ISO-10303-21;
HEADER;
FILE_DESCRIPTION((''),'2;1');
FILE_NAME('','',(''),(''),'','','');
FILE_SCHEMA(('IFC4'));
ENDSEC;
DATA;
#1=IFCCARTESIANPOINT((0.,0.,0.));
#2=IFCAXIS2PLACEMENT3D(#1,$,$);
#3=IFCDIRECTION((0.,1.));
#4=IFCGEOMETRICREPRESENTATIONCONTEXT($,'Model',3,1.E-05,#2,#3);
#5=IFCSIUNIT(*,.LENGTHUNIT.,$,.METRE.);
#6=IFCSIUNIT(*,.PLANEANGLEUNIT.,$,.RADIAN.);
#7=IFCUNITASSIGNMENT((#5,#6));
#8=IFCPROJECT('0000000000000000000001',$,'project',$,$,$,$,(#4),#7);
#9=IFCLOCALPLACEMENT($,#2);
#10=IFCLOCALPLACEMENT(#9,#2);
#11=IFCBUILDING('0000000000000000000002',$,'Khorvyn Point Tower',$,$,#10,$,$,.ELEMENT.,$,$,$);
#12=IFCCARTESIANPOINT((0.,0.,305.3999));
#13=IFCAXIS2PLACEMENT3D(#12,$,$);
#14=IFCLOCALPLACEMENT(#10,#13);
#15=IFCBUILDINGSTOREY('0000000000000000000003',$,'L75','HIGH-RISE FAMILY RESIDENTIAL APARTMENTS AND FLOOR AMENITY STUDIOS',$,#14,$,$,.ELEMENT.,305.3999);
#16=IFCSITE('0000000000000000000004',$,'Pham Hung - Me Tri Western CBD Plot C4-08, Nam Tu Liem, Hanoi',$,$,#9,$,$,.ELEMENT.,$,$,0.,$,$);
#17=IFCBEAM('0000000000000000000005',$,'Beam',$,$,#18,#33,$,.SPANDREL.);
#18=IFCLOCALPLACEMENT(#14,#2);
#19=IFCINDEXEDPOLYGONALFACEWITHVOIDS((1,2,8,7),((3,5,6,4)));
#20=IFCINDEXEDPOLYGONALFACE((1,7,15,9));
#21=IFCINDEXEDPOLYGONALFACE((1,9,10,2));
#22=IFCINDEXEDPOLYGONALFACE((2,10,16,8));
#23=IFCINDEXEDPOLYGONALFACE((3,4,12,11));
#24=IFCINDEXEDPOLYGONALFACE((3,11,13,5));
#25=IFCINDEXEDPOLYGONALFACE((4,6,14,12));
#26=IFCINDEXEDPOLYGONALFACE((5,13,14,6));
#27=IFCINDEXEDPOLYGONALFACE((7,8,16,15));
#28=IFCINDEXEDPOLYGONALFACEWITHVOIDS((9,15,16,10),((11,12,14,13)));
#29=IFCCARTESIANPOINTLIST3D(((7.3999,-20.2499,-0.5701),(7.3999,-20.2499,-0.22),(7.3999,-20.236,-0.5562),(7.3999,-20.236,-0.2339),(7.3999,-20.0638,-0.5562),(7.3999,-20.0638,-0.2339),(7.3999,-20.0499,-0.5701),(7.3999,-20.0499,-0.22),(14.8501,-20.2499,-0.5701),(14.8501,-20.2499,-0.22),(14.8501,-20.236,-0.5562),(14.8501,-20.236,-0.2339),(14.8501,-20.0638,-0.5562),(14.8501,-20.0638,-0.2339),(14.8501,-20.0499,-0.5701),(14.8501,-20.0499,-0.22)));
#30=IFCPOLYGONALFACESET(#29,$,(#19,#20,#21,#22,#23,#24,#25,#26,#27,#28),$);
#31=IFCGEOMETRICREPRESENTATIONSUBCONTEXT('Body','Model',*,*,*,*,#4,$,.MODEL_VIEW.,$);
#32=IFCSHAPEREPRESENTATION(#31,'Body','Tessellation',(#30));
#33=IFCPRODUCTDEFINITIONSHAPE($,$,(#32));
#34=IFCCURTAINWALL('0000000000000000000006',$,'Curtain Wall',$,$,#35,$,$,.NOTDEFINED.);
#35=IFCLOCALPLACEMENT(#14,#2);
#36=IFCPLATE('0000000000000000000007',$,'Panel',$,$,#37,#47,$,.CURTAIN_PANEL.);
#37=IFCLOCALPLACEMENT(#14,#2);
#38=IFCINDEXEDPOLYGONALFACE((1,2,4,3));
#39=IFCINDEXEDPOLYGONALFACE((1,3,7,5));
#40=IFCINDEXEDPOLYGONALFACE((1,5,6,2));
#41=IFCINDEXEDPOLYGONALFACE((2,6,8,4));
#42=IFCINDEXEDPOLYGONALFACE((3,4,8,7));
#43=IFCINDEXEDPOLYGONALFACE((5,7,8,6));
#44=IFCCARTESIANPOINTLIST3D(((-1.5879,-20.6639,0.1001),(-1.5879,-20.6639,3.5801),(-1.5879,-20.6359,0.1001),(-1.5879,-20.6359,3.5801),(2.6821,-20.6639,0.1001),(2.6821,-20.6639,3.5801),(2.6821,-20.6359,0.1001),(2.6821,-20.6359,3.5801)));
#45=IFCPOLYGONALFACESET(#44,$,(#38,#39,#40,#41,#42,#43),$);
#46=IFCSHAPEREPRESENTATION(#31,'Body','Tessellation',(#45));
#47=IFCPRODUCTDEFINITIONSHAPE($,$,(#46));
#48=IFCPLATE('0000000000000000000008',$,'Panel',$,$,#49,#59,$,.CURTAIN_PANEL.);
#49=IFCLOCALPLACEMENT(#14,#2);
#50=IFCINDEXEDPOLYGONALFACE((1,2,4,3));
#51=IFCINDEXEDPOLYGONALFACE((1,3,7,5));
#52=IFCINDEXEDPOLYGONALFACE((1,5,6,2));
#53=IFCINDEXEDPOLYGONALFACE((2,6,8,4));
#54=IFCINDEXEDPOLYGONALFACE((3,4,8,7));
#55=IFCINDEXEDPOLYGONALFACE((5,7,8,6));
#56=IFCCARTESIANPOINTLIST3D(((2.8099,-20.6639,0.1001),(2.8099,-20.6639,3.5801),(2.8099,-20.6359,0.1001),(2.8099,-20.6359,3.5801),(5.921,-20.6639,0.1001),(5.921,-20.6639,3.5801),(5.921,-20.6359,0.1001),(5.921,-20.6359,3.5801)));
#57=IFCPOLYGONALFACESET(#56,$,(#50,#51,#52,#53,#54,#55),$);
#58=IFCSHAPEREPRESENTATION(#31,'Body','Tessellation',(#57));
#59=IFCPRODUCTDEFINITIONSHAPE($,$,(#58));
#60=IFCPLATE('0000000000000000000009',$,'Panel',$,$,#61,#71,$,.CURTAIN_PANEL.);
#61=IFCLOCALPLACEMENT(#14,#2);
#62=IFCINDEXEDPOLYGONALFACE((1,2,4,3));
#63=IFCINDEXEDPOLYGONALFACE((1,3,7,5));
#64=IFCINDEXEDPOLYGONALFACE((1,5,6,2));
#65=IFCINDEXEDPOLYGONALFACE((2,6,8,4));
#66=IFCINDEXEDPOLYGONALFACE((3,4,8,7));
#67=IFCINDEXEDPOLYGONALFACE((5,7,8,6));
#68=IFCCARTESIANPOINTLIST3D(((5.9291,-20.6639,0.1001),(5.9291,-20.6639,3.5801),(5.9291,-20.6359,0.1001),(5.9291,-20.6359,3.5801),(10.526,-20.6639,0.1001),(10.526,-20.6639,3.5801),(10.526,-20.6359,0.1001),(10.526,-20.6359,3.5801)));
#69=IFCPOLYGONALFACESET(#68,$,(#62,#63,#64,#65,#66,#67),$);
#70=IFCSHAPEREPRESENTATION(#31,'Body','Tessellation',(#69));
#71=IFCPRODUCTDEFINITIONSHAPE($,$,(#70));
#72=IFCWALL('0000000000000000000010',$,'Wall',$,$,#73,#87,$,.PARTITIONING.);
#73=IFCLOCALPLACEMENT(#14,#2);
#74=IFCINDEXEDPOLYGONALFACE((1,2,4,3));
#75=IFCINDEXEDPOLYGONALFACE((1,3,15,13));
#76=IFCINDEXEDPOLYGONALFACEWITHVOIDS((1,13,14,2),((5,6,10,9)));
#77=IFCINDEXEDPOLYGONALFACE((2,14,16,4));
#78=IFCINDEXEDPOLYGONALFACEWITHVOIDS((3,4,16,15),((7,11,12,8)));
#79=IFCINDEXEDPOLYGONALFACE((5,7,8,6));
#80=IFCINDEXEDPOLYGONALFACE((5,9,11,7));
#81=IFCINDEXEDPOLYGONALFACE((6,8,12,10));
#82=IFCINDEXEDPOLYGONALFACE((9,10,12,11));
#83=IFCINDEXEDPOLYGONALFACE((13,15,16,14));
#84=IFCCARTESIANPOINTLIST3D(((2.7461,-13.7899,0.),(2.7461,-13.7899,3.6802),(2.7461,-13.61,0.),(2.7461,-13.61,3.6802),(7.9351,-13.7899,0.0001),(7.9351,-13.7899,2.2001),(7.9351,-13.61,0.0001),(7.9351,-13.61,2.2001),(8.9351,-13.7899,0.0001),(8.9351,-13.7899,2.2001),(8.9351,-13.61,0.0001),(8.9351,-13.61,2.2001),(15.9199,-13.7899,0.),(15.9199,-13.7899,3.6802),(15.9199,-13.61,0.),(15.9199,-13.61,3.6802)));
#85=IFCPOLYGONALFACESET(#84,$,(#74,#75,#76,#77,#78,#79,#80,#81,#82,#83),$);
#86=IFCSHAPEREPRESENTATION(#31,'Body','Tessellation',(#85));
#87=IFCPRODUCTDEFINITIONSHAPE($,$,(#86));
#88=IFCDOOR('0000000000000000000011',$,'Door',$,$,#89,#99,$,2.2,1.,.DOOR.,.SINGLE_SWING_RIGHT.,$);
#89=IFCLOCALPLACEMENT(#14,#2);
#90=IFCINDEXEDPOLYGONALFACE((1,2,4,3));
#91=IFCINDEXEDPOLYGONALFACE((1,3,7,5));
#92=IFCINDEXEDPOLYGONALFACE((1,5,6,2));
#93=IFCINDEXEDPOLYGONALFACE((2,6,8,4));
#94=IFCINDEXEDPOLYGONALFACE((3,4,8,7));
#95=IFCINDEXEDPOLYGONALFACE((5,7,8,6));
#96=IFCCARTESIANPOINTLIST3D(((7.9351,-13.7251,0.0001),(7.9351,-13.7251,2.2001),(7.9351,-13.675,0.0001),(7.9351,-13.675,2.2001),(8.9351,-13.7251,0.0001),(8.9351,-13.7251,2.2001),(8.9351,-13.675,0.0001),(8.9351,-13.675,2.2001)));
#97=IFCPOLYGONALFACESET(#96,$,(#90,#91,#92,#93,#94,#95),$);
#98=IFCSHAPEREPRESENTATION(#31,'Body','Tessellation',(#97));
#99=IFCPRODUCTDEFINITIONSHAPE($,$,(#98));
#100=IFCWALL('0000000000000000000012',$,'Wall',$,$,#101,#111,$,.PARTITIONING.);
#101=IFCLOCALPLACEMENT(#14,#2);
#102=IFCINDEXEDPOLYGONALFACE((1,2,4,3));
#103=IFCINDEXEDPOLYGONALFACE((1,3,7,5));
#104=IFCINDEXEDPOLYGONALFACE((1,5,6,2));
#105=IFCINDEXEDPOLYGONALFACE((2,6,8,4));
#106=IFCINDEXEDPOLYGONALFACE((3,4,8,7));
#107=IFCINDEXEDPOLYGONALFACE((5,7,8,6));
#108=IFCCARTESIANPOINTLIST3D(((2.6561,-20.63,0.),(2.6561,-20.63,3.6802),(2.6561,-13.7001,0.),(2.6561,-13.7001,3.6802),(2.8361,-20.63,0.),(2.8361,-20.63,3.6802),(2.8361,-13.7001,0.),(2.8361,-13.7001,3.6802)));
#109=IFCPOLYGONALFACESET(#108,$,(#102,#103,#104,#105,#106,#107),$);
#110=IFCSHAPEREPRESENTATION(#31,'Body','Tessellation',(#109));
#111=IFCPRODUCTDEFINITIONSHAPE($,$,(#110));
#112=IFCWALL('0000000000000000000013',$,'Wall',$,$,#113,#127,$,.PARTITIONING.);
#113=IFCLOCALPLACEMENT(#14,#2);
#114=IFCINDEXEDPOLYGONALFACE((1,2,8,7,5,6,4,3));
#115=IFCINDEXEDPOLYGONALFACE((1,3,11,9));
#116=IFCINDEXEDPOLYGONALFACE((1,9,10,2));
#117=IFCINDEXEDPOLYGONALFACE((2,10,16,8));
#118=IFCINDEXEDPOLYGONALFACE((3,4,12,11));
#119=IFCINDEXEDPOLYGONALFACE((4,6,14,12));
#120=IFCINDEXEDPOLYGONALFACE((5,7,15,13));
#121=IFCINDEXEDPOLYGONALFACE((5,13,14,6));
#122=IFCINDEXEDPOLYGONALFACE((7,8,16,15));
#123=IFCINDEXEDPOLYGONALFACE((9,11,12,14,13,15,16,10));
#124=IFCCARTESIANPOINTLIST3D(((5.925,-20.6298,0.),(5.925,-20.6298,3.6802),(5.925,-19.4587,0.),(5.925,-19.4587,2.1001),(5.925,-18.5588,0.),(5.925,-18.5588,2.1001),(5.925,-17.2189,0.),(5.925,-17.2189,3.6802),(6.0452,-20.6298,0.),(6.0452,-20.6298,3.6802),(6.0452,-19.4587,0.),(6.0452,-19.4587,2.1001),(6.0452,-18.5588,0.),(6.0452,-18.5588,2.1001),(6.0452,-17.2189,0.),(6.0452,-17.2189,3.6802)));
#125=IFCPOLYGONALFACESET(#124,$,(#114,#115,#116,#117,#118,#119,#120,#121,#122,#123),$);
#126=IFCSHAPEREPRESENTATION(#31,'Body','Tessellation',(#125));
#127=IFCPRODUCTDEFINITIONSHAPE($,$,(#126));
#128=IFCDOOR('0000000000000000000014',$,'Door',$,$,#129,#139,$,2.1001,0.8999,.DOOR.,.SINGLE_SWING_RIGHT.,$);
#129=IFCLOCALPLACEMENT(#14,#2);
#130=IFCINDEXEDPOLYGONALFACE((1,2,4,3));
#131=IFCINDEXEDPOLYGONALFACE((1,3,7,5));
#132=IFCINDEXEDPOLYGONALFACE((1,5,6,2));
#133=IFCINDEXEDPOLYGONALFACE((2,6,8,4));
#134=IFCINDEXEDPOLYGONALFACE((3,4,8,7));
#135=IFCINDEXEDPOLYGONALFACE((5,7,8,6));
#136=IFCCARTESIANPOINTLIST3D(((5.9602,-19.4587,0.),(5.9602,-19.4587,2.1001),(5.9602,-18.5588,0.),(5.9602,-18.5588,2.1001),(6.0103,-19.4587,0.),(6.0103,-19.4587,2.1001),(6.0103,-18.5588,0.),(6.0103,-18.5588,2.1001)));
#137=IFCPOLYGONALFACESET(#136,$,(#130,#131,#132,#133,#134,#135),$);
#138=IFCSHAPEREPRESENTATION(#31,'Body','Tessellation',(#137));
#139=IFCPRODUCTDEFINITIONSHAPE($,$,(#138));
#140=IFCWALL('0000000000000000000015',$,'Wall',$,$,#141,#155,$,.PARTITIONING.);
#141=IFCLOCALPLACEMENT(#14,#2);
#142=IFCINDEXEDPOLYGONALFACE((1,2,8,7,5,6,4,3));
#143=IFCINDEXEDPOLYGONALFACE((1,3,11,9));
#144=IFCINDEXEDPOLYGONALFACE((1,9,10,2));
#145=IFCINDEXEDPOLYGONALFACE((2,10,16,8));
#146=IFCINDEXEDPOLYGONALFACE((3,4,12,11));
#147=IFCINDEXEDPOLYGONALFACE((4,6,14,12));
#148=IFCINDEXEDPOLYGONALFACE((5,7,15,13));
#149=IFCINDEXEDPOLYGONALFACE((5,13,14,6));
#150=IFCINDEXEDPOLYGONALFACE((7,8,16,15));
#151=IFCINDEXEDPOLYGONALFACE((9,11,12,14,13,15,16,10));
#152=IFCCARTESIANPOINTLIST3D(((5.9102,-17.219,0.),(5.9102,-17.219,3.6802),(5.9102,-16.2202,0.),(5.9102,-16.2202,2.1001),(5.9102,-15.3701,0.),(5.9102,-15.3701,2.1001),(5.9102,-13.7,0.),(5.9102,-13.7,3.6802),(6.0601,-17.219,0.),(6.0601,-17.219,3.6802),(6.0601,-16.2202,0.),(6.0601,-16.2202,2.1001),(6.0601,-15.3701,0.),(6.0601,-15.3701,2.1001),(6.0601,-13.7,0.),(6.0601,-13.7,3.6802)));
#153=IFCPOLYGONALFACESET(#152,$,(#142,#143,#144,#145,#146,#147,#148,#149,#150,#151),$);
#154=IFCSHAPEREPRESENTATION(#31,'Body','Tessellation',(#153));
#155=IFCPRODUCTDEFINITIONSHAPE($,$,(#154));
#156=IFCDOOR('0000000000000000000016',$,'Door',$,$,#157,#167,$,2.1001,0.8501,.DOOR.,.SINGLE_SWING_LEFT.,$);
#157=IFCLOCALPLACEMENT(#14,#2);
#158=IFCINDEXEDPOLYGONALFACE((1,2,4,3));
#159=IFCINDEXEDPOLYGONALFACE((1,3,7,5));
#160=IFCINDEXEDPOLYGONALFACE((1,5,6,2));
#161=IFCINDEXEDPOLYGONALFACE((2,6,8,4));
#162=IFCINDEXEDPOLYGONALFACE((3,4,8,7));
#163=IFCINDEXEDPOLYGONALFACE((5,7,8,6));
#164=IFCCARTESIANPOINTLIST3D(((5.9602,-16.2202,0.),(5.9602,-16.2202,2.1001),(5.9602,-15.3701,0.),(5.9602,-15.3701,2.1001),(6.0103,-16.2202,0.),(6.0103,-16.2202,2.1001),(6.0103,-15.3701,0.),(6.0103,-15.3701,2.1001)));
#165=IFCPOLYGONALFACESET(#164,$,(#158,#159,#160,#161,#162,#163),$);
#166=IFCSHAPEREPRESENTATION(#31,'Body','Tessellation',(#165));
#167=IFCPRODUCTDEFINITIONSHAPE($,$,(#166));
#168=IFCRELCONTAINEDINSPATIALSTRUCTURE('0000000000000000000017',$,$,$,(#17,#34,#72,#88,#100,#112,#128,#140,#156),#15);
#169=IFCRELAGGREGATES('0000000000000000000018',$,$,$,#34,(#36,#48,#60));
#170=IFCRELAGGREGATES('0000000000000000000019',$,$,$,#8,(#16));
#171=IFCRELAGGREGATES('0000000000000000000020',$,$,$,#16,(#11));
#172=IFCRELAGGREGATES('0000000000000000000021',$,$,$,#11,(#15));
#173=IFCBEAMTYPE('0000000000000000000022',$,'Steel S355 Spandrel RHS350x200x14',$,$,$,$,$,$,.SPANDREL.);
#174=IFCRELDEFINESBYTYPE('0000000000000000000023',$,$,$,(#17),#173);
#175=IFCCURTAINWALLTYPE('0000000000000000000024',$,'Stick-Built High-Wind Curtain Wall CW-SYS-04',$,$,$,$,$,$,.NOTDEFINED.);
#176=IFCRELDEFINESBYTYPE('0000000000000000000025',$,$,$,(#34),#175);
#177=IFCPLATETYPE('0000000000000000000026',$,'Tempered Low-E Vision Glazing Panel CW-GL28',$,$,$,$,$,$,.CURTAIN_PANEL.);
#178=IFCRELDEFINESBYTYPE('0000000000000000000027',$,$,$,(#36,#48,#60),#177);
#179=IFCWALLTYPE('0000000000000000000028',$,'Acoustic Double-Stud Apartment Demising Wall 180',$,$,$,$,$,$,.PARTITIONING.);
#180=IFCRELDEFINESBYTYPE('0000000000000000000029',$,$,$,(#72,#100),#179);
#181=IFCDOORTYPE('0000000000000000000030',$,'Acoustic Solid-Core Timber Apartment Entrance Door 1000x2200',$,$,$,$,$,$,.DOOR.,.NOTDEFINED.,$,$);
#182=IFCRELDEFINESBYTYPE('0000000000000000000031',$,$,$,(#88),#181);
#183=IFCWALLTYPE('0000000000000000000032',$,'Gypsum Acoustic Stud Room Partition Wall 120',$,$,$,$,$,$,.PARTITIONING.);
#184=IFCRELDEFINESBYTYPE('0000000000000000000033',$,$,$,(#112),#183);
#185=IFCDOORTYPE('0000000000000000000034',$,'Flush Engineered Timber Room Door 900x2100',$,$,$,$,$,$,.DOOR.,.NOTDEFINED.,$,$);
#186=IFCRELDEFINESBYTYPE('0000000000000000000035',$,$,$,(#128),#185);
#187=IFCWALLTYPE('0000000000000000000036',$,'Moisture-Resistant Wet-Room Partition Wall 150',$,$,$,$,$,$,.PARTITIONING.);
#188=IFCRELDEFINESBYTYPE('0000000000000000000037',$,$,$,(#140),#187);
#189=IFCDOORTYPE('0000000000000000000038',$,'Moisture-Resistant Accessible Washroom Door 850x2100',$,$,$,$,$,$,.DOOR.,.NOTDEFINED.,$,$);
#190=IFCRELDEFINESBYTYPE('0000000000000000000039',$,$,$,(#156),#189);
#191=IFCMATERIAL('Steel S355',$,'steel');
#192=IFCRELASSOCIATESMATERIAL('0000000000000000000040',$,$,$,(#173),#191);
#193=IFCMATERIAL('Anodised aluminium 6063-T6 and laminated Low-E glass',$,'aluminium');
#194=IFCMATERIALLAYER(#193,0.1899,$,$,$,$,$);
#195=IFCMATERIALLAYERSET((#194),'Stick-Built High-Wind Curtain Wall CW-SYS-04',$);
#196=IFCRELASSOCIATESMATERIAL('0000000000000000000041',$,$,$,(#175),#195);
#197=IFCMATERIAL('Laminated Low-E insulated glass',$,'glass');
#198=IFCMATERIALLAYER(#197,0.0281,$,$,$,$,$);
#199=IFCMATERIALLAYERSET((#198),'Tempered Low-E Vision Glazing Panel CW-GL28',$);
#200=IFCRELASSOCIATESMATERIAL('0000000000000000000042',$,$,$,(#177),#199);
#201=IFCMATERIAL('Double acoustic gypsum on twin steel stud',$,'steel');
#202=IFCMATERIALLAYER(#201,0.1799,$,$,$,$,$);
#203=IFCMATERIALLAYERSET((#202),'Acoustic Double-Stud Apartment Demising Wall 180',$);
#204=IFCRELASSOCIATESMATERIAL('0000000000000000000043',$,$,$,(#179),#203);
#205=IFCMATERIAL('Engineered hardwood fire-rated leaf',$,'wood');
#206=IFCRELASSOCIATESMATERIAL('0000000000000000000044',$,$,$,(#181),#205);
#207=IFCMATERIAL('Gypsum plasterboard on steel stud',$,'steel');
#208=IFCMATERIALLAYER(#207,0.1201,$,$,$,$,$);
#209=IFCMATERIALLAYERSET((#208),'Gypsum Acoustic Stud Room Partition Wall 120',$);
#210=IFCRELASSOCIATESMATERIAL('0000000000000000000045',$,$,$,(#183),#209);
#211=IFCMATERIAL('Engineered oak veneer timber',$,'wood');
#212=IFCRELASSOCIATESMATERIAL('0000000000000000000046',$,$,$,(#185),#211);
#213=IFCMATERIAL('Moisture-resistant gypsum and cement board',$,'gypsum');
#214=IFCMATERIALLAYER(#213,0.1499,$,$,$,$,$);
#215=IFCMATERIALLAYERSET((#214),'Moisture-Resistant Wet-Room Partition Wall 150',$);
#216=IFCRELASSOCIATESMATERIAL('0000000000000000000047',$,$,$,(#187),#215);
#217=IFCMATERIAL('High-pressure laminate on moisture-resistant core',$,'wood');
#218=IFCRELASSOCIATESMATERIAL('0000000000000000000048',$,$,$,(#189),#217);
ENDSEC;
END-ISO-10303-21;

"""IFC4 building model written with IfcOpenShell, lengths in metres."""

from ifc_helpers import new_model, si_unit, direction, frame, frame_2d, origin, origin_2d, place, context, subcontext, project, spatial, rectangle, hollow_rectangle, extrude, material, layer, layer_set, material_profile, profile_set, type_object, element, fill, aggregate, save


model = new_model("IFC4")

# Units and contexts
model_context = context("Model", 3, precision=1e-05, world=origin(), true_north=direction((0.0, 1.0)))
body_context = subcontext(model_context, "Body", "Model", "MODEL_VIEW")
ifc_project = project(units=[si_unit("LENGTHUNIT", "METRE"), si_unit("PLANEANGLEUNIT", "RADIAN")], contexts=[model_context])

# Site, building, storey
site_placement = place(None, origin())
site = spatial("IfcSite", under=ifc_project, at=site_placement, Name="Pham Hung - Me Tri Western CBD Plot C4-08, Nam Tu Liem, Hanoi", CompositionType="ELEMENT", RefElevation=0.0)
building_placement = place(site_placement, origin())
building = spatial("IfcBuilding", under=site, at=building_placement, Name="Khorvyn Point Tower", CompositionType="ELEMENT")
storey_placement = place(building_placement, frame((0.0, 0.0, 305.3999)))
storey = spatial("IfcBuildingStorey", under=building, at=storey_placement, Name="L75", Description="HIGH-RISE FAMILY RESIDENTIAL APARTMENTS AND FLOOR AMENITY STUDIOS", CompositionType="ELEMENT", Elevation=305.3999)

# Shared definitions
ifc_material_1 = material(Name="Steel S355", Category="steel")

# Beam
ifc_material_profile_1 = material_profile(ifc_material_1, hollow_rectangle(XDim=0.2, YDim=0.3501, WallThickness=0.0139, at=origin_2d()))
ifc_profile_set_1 = profile_set([ifc_material_profile_1], Name="Steel S355 RHS350x200x14")
beam_type_1 = type_object("IfcBeamType", Name="Steel S355 Spandrel RHS350x200x14", PredefinedType="SPANDREL", material=ifc_profile_set_1)
beam_1_placement = place(storey_placement, frame((7.3999, -20.1499, -0.395), z_axis=(1.0, 0.0, 0.0), x_axis=(0.0, 1.0, 0.0)))
element("IfcBeam", 1, at=beam_1_placement, inside=storey, type_object=beam_type_1, Name="Beam", PredefinedType="SPANDREL", context=body_context, shape_type="SweptSolid", body=[
    extrude(hollow_rectangle(XDim=0.2, YDim=0.3501, WallThickness=0.0139, at=origin_2d()), origin(), (0.0, 0.0, 1.0), 7.4502),
])

# Curtain wall, plates
ifc_material_2 = material(Name="Anodised aluminium 6063-T6 and laminated Low-E glass", Category="aluminium")
ifc_layer_1 = layer(ifc_material_2, 0.1899)
ifc_layer_set_1 = layer_set([ifc_layer_1], Name="Stick-Built High-Wind Curtain Wall CW-SYS-04")
curtain_wall_type = type_object("IfcCurtainWallType", Name="Stick-Built High-Wind Curtain Wall CW-SYS-04", PredefinedType="NOTDEFINED", material=ifc_layer_set_1)
curtain_wall_placement = place(storey_placement, origin())
curtain_wall = element("IfcCurtainWall", 2, at=curtain_wall_placement, inside=storey, type_object=curtain_wall_type, Name="Curtain Wall", PredefinedType="NOTDEFINED")
ifc_material_3 = material(Name="Laminated Low-E insulated glass", Category="glass")
ifc_layer_2 = layer(ifc_material_3, 0.0281)
ifc_layer_set_2 = layer_set([ifc_layer_2], Name="Tempered Low-E Vision Glazing Panel CW-GL28")
plate_type = type_object("IfcPlateType", Name="Tempered Low-E Vision Glazing Panel CW-GL28", PredefinedType="CURTAIN_PANEL", material=ifc_layer_set_2)
plate_1_placement = place(storey_placement, frame((0.5471, -20.6499, 0.1001), z_axis=(0.0, 0.0, 1.0), x_axis=(-1.0, 0.0, 0.0)))
plate_1 = element("IfcPlate", 3, at=plate_1_placement, type_object=plate_type, Name="Panel", PredefinedType="CURTAIN_PANEL", context=body_context, shape_type="SweptSolid", body=[
    extrude(rectangle(XDim=4.27, YDim=0.0281, at=origin_2d()), origin(), (0.0, 0.0, 1.0), 3.48),
])
plate_2_placement = place(storey_placement, frame((4.3655, -20.6499, 0.1001), z_axis=(0.0, 0.0, 1.0), x_axis=(-1.0, 0.0, 0.0)))
plate_2 = element("IfcPlate", 4, at=plate_2_placement, type_object=plate_type, Name="Panel", PredefinedType="CURTAIN_PANEL", context=body_context, shape_type="SweptSolid", body=[
    extrude(rectangle(XDim=3.1111, YDim=0.0281, at=origin_2d()), origin(), (0.0, 0.0, 1.0), 3.48),
])
plate_3_placement = place(storey_placement, frame((8.2275, -20.6499, 0.1001), z_axis=(0.0, 0.0, 1.0), x_axis=(-1.0, 0.0, 0.0)))
plate_3 = element("IfcPlate", 5, at=plate_3_placement, type_object=plate_type, Name="Panel", PredefinedType="CURTAIN_PANEL", context=body_context, shape_type="SweptSolid", body=[
    extrude(rectangle(XDim=4.5969, YDim=0.0281, at=origin_2d()), origin(), (0.0, 0.0, 1.0), 3.48),
])
aggregate(curtain_wall, [plate_1, plate_2, plate_3])

# Wall, opening, door
ifc_material_4 = material(Name="Double acoustic gypsum on twin steel stud", Category="steel")
ifc_layer_3 = layer(ifc_material_4, 0.1799)
ifc_layer_set_3 = layer_set([ifc_layer_3], Name="Acoustic Double-Stud Apartment Demising Wall 180")
wall_type_1 = type_object("IfcWallType", Name="Acoustic Double-Stud Apartment Demising Wall 180", PredefinedType="PARTITIONING", material=ifc_layer_set_3)
wall_1_placement = place(storey_placement, frame((2.7461, -13.7, 0.0), z_axis=(0.0, 0.0, 1.0), x_axis=(1.0, 0.0, 0.0)))
wall_1 = element("IfcWall", 6, at=wall_1_placement, inside=storey, type_object=wall_type_1, Name="Wall", PredefinedType="PARTITIONING", context=body_context, shape_type="SweptSolid", body=[
    extrude(rectangle(XDim=13.1738, YDim=0.1799, at=frame_2d((6.5869, 0.0))), origin(), (0.0, 0.0, 1.0), 3.6802),
])
opening_1_placement = place(wall_1_placement, frame((5.189, 0.0, 0.0)))
opening_1 = element("IfcOpeningElement", 7, at=opening_1_placement, cuts=wall_1, PredefinedType="OPENING", context=body_context, shape_type="SweptSolid", body=[
    extrude(rectangle(XDim=1.0, YDim=2.2, at=frame_2d((0.5, 1.1001))), frame((0.0, 0.0999, 0.0), z_axis=(0.0, -1.0, 0.0), x_axis=(1.0, 0.0, 0.0)), (0.0, 0.0, 1.0), 0.2),
])
ifc_material_5 = material(Name="Engineered hardwood fire-rated leaf", Category="wood")
door_type_1 = type_object("IfcDoorType", Name="Acoustic Solid-Core Timber Apartment Entrance Door 1000x2200", OperationType="NOTDEFINED", PredefinedType="DOOR", material=ifc_material_5)
door_1_placement = place(opening_1_placement, origin())
door_1 = element("IfcDoor", 8, at=door_1_placement, inside=storey, type_object=door_type_1, Name="Door", OperationType="SINGLE_SWING_RIGHT", OverallHeight=2.2, OverallWidth=1.0, PredefinedType="DOOR", context=body_context, shape_type="SweptSolid", body=[
    extrude(rectangle(XDim=1.0, YDim=2.2, at=frame_2d((0.5, 1.1001))), frame((0.0, 0.0249, 0.0), z_axis=(0.0, -1.0, 0.0), x_axis=(1.0, 0.0, 0.0)), (0.0, 0.0, 1.0), 0.05),
])
fill(opening_1, door_1)

# Wall
wall_2_placement = place(storey_placement, frame((2.7461, -20.6299, 0.0), z_axis=(0.0, 0.0, 1.0), x_axis=(0.0, 1.0, 0.0)))
element("IfcWall", 9, at=wall_2_placement, inside=storey, type_object=wall_type_1, Name="Wall", PredefinedType="PARTITIONING", context=body_context, shape_type="SweptSolid", body=[
    extrude(rectangle(XDim=6.9299, YDim=0.1799, at=frame_2d((3.4648, 0.0))), origin(), (0.0, 0.0, 1.0), 3.6802),
])

# Walls, openings, doors
ifc_material_6 = material(Name="Gypsum plasterboard on steel stud", Category="steel")
ifc_layer_4 = layer(ifc_material_6, 0.1201)
ifc_layer_set_4 = layer_set([ifc_layer_4], Name="Gypsum Acoustic Stud Room Partition Wall 120")
wall_type_2 = type_object("IfcWallType", Name="Gypsum Acoustic Stud Room Partition Wall 120", PredefinedType="PARTITIONING", material=ifc_layer_set_4)
wall_3_placement = place(storey_placement, frame((5.9851, -20.6299, 0.0), z_axis=(0.0, 0.0, 1.0), x_axis=(0.0, 1.0, 0.0)))
wall_3 = element("IfcWall", 10, at=wall_3_placement, inside=storey, type_object=wall_type_2, Name="Wall", PredefinedType="PARTITIONING", context=body_context, shape_type="SweptSolid", body=[
    extrude(rectangle(XDim=3.4109, YDim=0.1201, at=frame_2d((1.7056, 0.0))), origin(), (0.0, 0.0, 1.0), 3.6802),
])
opening_2_placement = place(wall_3_placement, frame((1.1711, 0.0, 0.0)))
opening_2 = element("IfcOpeningElement", 11, at=opening_2_placement, cuts=wall_3, PredefinedType="OPENING", context=body_context, shape_type="SweptSolid", body=[
    extrude(rectangle(XDim=0.8999, YDim=2.1001, at=frame_2d((0.45, 1.05))), frame((0.0, 0.0701, 0.0), z_axis=(0.0, -1.0, 0.0), x_axis=(1.0, 0.0, 0.0)), (0.0, 0.0, 1.0), 0.1401),
])
ifc_material_7 = material(Name="Engineered oak veneer timber", Category="wood")
door_type_2 = type_object("IfcDoorType", Name="Flush Engineered Timber Room Door 900x2100", OperationType="NOTDEFINED", PredefinedType="DOOR", material=ifc_material_7)
door_2_placement = place(opening_2_placement, origin())
door_2 = element("IfcDoor", 12, at=door_2_placement, inside=storey, type_object=door_type_2, Name="Door", OperationType="SINGLE_SWING_RIGHT", OverallHeight=2.1001, OverallWidth=0.8999, PredefinedType="DOOR", context=body_context, shape_type="SweptSolid", body=[
    extrude(rectangle(XDim=0.8999, YDim=2.1001, at=frame_2d((0.45, 1.05))), frame((0.0, 0.0249, 0.0), z_axis=(0.0, -1.0, 0.0), x_axis=(1.0, 0.0, 0.0)), (0.0, 0.0, 1.0), 0.05),
])
fill(opening_2, door_2)
ifc_material_8 = material(Name="Moisture-resistant gypsum and cement board", Category="gypsum")
ifc_layer_5 = layer(ifc_material_8, 0.1499)
ifc_layer_set_5 = layer_set([ifc_layer_5], Name="Moisture-Resistant Wet-Room Partition Wall 150")
wall_type_3 = type_object("IfcWallType", Name="Moisture-Resistant Wet-Room Partition Wall 150", PredefinedType="PARTITIONING", material=ifc_layer_set_5)
wall_4_placement = place(storey_placement, frame((5.9851, -17.219, 0.0), z_axis=(0.0, 0.0, 1.0), x_axis=(0.0, 1.0, 0.0)))
wall_4 = element("IfcWall", 13, at=wall_4_placement, inside=storey, type_object=wall_type_3, Name="Wall", PredefinedType="PARTITIONING", context=body_context, shape_type="SweptSolid", body=[
    extrude(rectangle(XDim=3.519, YDim=0.1499, at=frame_2d((1.7595, 0.0))), origin(), (0.0, 0.0, 1.0), 3.6802),
])
opening_3_placement = place(wall_4_placement, frame((0.9988, 0.0, 0.0)))
opening_3 = element("IfcOpeningElement", 14, at=opening_3_placement, cuts=wall_4, PredefinedType="OPENING", context=body_context, shape_type="SweptSolid", body=[
    extrude(rectangle(XDim=0.8501, YDim=2.1001, at=frame_2d((0.425, 1.05))), frame((0.0, 0.085, 0.0), z_axis=(0.0, -1.0, 0.0), x_axis=(1.0, 0.0, 0.0)), (0.0, 0.0, 1.0), 0.1699),
])
ifc_material_9 = material(Name="High-pressure laminate on moisture-resistant core", Category="wood")
door_type_3 = type_object("IfcDoorType", Name="Moisture-Resistant Accessible Washroom Door 850x2100", OperationType="NOTDEFINED", PredefinedType="DOOR", material=ifc_material_9)
door_3_placement = place(opening_3_placement, origin())
door_3 = element("IfcDoor", 15, at=door_3_placement, inside=storey, type_object=door_type_3, Name="Door", OperationType="SINGLE_SWING_LEFT", OverallHeight=2.1001, OverallWidth=0.8501, PredefinedType="DOOR", context=body_context, shape_type="SweptSolid", body=[
    extrude(rectangle(XDim=0.8501, YDim=2.1001, at=frame_2d((0.425, 1.05))), frame((0.0, 0.0249, 0.0), z_axis=(0.0, -1.0, 0.0), x_axis=(1.0, 0.0, 0.0)), (0.0, 0.0, 1.0), 0.05),
])
fill(opening_3, door_3)

save(model, "model.ifc")
